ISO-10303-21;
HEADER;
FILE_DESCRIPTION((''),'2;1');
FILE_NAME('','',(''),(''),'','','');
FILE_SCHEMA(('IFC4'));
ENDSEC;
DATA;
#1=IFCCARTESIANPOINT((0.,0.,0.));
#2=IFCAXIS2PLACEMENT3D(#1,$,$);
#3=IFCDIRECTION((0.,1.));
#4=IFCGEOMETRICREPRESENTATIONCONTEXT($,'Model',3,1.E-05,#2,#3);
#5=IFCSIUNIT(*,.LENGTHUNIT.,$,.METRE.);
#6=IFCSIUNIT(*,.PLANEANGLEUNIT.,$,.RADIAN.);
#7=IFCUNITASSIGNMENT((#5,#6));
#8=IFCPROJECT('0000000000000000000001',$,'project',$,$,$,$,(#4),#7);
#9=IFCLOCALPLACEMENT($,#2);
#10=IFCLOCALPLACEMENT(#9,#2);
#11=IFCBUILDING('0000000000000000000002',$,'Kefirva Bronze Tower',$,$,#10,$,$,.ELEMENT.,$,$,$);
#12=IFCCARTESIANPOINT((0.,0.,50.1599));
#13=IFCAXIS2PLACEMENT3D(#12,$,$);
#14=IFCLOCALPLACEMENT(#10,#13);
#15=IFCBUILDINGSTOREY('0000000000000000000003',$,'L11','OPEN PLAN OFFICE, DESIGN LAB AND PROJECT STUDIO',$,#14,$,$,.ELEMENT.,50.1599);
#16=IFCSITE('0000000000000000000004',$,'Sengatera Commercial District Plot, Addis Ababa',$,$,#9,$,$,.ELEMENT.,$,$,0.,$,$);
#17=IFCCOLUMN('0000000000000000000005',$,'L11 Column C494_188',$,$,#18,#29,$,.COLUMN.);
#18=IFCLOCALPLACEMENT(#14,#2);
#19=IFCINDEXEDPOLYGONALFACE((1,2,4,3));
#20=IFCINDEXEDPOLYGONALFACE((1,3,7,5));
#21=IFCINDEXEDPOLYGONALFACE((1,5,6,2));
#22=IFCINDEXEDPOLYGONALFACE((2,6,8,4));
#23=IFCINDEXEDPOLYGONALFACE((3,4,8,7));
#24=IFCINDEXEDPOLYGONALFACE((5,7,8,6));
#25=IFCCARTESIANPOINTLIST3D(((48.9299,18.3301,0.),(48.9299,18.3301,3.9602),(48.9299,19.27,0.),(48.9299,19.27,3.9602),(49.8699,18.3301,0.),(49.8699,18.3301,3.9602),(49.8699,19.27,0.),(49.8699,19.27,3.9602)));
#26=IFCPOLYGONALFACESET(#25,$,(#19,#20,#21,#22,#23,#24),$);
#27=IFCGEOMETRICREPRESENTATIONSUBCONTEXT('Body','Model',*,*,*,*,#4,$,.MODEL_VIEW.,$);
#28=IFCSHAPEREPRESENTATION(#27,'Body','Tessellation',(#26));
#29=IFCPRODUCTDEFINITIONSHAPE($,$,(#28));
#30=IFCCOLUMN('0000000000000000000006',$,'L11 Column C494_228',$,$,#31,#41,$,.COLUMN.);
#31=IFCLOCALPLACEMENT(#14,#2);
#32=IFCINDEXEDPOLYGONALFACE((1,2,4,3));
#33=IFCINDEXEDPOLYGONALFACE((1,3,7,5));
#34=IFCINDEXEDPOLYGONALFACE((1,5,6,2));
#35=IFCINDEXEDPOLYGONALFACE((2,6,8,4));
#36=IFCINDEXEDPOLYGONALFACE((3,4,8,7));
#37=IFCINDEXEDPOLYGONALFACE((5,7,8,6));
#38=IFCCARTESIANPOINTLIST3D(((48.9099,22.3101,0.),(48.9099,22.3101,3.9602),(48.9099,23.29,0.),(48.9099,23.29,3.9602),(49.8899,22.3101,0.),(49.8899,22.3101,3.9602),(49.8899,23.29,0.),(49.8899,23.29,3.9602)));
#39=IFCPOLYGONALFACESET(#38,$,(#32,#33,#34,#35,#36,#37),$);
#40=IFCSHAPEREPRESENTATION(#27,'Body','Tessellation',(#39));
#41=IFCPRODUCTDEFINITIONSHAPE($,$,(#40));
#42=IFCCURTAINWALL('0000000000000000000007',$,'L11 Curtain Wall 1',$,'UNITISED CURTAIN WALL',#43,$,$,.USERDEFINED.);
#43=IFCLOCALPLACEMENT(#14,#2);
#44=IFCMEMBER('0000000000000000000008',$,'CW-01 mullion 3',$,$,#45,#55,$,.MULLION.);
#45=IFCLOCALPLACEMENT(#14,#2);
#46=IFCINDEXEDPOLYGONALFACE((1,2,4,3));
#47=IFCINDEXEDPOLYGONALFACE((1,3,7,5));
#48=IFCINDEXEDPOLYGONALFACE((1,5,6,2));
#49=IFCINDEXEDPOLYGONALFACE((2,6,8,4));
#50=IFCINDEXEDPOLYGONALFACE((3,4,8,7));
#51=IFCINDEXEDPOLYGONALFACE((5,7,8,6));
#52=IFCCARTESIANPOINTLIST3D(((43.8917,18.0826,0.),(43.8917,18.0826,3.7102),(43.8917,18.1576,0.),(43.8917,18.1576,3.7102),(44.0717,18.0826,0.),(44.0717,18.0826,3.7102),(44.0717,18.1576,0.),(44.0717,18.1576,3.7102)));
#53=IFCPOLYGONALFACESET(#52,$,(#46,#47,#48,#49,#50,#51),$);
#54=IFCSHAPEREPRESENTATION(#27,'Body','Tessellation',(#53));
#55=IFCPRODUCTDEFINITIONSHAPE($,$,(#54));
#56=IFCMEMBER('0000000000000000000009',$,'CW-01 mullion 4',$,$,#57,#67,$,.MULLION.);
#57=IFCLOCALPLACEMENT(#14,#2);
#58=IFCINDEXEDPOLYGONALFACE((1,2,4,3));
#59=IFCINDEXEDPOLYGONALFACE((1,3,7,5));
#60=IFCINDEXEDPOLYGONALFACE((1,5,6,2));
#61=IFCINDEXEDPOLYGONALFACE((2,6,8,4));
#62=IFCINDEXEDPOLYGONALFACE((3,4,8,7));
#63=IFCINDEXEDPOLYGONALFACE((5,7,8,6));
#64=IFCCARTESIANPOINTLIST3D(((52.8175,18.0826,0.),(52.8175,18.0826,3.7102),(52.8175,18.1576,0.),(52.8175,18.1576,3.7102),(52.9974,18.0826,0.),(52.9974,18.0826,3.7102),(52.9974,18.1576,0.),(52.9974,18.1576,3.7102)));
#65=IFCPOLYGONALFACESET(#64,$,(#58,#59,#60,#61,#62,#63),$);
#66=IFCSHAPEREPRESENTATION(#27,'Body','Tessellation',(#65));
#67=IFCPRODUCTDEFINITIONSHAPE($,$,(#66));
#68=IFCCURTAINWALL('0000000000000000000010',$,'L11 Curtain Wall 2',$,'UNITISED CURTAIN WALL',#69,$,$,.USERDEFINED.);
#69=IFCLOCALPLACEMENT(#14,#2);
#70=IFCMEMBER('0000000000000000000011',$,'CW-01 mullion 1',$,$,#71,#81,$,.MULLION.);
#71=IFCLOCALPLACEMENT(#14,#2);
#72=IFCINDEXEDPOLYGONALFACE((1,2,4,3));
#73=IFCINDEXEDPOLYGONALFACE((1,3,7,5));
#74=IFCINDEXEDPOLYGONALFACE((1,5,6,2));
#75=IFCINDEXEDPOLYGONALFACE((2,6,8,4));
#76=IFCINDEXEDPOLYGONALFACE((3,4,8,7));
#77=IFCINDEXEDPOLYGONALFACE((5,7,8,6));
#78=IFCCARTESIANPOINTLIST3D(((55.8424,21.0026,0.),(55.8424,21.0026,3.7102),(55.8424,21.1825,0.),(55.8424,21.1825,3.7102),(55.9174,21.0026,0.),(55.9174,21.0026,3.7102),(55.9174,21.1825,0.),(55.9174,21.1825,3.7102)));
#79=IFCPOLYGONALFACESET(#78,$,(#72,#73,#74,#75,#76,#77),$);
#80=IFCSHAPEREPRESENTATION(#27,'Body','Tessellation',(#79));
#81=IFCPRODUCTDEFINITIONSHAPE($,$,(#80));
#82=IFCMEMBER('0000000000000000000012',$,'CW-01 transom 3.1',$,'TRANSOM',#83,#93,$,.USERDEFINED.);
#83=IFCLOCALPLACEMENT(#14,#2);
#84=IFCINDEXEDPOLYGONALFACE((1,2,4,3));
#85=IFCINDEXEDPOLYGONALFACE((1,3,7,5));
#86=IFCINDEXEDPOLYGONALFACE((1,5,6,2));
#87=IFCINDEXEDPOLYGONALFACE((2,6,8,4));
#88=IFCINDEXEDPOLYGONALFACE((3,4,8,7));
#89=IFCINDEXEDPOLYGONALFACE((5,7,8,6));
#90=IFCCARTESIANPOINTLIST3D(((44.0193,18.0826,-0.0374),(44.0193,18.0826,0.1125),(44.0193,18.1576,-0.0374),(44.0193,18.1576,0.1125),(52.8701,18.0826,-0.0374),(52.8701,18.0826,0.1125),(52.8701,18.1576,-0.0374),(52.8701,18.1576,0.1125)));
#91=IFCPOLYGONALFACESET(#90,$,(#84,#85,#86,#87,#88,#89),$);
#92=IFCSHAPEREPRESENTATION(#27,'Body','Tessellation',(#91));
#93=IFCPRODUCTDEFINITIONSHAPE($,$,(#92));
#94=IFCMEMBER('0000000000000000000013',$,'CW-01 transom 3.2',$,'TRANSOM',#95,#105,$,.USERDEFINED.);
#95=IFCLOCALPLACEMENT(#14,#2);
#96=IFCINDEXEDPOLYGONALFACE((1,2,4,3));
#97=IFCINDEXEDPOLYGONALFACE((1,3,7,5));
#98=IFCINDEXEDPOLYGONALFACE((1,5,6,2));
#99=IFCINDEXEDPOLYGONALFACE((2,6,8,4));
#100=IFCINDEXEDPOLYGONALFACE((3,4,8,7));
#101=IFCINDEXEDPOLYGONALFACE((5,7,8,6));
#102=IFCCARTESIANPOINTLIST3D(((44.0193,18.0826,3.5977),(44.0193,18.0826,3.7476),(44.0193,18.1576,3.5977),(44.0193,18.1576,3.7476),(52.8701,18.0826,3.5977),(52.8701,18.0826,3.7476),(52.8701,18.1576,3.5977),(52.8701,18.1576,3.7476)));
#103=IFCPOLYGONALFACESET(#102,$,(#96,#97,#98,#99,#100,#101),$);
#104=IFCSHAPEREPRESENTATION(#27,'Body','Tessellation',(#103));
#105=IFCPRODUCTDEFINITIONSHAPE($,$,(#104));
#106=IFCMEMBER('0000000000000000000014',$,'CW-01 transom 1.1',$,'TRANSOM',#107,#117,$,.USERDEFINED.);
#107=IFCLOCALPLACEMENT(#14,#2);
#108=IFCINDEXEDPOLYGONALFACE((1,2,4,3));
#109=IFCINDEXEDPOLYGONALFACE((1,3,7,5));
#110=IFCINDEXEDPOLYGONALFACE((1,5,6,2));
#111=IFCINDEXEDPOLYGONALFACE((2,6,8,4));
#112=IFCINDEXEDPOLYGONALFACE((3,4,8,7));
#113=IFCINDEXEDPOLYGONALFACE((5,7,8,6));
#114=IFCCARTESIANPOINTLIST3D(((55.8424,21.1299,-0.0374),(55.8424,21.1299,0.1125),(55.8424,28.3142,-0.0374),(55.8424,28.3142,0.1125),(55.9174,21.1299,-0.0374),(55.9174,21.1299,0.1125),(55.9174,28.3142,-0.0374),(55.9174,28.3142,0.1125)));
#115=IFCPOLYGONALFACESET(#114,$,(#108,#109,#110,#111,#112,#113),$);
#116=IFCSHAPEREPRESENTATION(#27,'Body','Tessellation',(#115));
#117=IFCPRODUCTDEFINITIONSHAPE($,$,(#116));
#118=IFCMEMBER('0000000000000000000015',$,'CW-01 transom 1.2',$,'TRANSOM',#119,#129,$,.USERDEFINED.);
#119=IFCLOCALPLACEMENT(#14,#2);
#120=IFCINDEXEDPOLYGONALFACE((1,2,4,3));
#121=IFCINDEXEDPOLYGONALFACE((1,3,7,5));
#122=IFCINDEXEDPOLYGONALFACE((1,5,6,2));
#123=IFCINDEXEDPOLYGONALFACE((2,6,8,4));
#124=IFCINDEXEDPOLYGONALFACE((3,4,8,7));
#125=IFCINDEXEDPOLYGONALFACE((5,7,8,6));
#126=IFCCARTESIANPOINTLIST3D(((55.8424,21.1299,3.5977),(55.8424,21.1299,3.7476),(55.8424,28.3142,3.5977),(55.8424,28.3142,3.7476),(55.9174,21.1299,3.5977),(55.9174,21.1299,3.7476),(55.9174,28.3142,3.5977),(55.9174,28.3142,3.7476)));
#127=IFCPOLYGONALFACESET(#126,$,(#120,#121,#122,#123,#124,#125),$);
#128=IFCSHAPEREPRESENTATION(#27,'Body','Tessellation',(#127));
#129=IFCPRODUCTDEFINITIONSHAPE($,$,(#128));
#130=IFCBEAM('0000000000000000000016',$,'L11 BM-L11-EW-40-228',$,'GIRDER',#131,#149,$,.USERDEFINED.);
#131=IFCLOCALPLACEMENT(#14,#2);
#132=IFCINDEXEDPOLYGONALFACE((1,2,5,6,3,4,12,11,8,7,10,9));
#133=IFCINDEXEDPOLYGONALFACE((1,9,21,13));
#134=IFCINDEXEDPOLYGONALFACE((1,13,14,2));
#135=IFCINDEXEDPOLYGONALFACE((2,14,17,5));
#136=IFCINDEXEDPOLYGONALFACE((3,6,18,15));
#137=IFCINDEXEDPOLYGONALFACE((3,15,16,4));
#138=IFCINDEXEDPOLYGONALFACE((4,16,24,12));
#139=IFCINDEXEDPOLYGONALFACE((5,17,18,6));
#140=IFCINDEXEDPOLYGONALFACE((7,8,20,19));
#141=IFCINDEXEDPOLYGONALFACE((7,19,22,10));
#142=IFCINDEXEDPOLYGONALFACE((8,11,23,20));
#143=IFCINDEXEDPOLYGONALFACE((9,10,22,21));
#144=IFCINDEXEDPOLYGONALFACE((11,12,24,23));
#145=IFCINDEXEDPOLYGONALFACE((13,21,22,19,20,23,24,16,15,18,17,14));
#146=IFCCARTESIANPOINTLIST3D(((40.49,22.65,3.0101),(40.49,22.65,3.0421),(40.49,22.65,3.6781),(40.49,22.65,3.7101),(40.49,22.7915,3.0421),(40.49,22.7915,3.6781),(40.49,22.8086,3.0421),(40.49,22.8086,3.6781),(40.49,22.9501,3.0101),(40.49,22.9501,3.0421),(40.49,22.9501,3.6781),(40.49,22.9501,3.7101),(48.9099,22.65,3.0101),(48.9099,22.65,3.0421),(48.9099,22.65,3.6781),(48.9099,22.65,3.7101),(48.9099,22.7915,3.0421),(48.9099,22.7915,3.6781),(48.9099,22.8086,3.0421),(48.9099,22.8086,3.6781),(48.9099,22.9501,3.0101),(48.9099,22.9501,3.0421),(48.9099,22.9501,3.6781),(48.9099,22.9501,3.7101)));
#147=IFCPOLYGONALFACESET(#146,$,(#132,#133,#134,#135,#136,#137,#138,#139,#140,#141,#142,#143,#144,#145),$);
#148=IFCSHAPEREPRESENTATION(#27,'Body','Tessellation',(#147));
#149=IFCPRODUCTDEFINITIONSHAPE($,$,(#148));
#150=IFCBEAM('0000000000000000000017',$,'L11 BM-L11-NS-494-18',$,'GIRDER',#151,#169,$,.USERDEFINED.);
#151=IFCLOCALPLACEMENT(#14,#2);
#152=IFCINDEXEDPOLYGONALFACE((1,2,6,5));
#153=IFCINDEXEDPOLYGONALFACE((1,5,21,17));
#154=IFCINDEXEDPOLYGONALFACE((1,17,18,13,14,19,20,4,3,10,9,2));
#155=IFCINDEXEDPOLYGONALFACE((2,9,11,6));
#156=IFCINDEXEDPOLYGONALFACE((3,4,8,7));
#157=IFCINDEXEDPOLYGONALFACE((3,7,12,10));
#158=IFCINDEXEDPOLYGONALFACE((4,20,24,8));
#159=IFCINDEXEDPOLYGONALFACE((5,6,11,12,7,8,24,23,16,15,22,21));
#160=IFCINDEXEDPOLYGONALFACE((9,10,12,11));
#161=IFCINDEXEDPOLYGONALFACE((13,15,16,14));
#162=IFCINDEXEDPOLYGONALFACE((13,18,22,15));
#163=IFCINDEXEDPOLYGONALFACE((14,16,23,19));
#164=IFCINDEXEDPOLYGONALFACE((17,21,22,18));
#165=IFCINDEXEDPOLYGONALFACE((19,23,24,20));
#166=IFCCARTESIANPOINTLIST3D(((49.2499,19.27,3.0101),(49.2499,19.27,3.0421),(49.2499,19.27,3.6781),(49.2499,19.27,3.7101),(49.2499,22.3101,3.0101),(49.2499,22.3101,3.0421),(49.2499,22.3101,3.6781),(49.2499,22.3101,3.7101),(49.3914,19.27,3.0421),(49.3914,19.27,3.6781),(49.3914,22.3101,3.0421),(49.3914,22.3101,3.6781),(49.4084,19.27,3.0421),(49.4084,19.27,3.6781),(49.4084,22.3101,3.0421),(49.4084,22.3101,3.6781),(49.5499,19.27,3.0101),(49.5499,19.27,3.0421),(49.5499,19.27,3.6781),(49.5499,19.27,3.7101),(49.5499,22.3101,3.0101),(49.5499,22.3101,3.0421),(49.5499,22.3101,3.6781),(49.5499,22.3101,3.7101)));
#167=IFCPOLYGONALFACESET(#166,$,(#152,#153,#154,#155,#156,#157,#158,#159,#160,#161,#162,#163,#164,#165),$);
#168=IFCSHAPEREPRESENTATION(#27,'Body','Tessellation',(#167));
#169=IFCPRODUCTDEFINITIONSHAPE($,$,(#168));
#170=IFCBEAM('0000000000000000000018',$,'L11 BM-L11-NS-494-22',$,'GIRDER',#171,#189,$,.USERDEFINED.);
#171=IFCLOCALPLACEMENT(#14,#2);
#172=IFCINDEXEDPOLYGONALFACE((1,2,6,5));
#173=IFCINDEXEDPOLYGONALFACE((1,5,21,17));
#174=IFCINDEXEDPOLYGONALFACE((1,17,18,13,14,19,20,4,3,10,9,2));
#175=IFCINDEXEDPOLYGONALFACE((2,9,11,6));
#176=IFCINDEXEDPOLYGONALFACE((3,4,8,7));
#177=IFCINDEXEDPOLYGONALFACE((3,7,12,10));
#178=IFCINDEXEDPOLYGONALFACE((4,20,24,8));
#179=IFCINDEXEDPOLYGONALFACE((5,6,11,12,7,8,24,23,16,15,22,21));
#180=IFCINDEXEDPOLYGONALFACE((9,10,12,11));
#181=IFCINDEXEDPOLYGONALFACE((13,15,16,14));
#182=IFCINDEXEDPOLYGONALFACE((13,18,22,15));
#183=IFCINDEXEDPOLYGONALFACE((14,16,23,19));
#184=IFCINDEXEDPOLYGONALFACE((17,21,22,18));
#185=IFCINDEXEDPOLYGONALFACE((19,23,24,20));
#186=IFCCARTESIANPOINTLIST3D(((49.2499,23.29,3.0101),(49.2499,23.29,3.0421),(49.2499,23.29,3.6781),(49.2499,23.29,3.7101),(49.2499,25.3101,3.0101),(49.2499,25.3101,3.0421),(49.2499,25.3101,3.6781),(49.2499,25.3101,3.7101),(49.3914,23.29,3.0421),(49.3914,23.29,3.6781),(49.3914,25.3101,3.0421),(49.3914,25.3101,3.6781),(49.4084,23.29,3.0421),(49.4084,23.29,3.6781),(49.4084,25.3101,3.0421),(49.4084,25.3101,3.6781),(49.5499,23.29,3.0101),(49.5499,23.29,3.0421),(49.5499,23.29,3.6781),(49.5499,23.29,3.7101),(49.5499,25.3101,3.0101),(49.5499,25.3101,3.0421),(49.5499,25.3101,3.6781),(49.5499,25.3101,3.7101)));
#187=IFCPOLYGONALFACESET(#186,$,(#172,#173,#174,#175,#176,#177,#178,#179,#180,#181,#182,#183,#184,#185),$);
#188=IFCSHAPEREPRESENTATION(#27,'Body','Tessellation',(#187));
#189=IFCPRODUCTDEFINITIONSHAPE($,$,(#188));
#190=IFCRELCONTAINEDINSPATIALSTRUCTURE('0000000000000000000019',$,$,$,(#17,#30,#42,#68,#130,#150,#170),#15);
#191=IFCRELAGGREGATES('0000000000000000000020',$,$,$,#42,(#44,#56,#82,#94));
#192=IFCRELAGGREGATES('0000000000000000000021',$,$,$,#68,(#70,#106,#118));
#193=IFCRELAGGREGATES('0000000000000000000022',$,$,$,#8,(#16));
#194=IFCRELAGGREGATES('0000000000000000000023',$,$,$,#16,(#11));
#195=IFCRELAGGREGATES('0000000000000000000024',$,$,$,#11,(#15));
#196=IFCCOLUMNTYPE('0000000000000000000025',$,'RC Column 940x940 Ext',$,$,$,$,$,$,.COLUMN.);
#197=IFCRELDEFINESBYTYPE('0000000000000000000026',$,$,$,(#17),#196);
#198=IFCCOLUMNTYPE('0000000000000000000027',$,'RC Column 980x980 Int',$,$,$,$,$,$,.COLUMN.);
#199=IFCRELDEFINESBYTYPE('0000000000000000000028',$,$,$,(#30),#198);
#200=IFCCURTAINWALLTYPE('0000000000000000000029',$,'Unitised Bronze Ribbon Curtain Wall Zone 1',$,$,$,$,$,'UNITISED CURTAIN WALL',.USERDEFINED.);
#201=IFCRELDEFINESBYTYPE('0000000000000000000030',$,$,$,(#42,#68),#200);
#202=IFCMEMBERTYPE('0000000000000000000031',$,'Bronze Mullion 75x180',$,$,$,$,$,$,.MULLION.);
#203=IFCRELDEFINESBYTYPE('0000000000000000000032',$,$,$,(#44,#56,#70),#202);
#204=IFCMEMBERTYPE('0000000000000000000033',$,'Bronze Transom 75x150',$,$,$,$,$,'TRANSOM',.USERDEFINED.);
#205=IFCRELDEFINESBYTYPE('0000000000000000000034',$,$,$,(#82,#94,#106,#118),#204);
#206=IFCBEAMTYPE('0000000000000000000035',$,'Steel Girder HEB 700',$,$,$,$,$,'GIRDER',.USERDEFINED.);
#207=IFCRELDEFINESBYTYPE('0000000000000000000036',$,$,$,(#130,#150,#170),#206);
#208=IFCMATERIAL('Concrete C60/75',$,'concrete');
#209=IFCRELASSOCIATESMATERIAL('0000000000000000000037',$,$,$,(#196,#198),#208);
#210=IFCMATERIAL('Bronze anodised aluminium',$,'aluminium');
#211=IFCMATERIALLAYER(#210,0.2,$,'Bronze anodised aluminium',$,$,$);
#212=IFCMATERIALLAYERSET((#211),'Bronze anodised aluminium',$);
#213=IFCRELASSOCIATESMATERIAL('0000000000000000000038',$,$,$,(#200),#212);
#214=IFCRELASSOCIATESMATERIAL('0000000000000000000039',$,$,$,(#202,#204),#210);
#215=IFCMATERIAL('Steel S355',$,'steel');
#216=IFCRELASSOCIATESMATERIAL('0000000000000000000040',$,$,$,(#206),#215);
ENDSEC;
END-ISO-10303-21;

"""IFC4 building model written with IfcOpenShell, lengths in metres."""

from ifc_helpers import new_model, si_unit, direction, frame, origin, origin_2d, place, context, subcontext, project, spatial, rectangle, i_section, extrude, material, layer, layer_set, material_profile, profile_set, type_object, element, aggregate, save


model = new_model("IFC4")

# Units and contexts
model_context = context("Model", 3, precision=1e-05, world=origin(), true_north=direction((0.0, 1.0)))
body_context = subcontext(model_context, "Body", "Model", "MODEL_VIEW")
ifc_project = project(units=[si_unit("LENGTHUNIT", "METRE"), si_unit("PLANEANGLEUNIT", "RADIAN")], contexts=[model_context])

# Site, building, storey
site_placement = place(None, origin())
site = spatial("IfcSite", under=ifc_project, at=site_placement, Name="Sengatera Commercial District Plot, Addis Ababa", CompositionType="ELEMENT", RefElevation=0.0)
building_placement = place(site_placement, origin())
building = spatial("IfcBuilding", under=site, at=building_placement, Name="Kefirva Bronze Tower", CompositionType="ELEMENT")
storey_placement = place(building_placement, frame((0.0, 0.0, 50.1599)))
storey = spatial("IfcBuildingStorey", under=building, at=storey_placement, Name="L11", Description="OPEN PLAN OFFICE, DESIGN LAB AND PROJECT STUDIO", CompositionType="ELEMENT", Elevation=50.1599)

# Columns
ifc_material_1 = material(Name="Concrete C60/75", Category="concrete")
ifc_material_profile_1 = material_profile(ifc_material_1, rectangle(XDim=0.9399, YDim=0.9399, at=origin_2d()), Name="RC 940x940")
ifc_profile_set_1 = profile_set([ifc_material_profile_1], Name="Concrete C60/75")
column_type_1 = type_object("IfcColumnType", Name="RC Column 940x940 Ext", PredefinedType="COLUMN", material=ifc_profile_set_1)
column_1_placement = place(storey_placement, frame((49.3999, 18.8, 0.0), z_axis=(0.0, 0.0, 1.0), x_axis=(1.0, 0.0, 0.0)))
element("IfcColumn", 1, at=column_1_placement, inside=storey, type_object=column_type_1, Name="L11 Column C494_188", PredefinedType="COLUMN", context=body_context, shape_type="SweptSolid", body=[
    extrude(rectangle(XDim=0.9399, YDim=0.9399, at=origin_2d()), origin(), (0.0, 0.0, 1.0), 3.9602),
])
ifc_material_profile_2 = material_profile(ifc_material_1, rectangle(XDim=0.98, YDim=0.98, at=origin_2d()), Name="RC 980x980")
ifc_profile_set_2 = profile_set([ifc_material_profile_2], Name="Concrete C60/75")
column_type_2 = type_object("IfcColumnType", Name="RC Column 980x980 Int", PredefinedType="COLUMN", material=ifc_profile_set_2)
column_2_placement = place(storey_placement, frame((49.3999, 22.8, 0.0), z_axis=(0.0, 0.0, 1.0), x_axis=(1.0, 0.0, 0.0)))
element("IfcColumn", 2, at=column_2_placement, inside=storey, type_object=column_type_2, Name="L11 Column C494_228", PredefinedType="COLUMN", context=body_context, shape_type="SweptSolid", body=[
    extrude(rectangle(XDim=0.98, YDim=0.98, at=origin_2d()), origin(), (0.0, 0.0, 1.0), 3.9602),
])

# Curtain wall, members
ifc_material_2 = material(Name="Bronze anodised aluminium", Category="aluminium")
ifc_layer_1 = layer(ifc_material_2, 0.2, Name="Bronze anodised aluminium")
ifc_layer_set_1 = layer_set([ifc_layer_1], Name="Bronze anodised aluminium")
curtain_wall_type = type_object("IfcCurtainWallType", Name="Unitised Bronze Ribbon Curtain Wall Zone 1", ElementType="UNITISED CURTAIN WALL", PredefinedType="USERDEFINED", material=ifc_layer_set_1)
curtain_wall_1_placement = place(storey_placement, origin())
curtain_wall_1 = element("IfcCurtainWall", 3, at=curtain_wall_1_placement, inside=storey, type_object=curtain_wall_type, Name="L11 Curtain Wall 1", ObjectType="UNITISED CURTAIN WALL", PredefinedType="USERDEFINED")
ifc_material_profile_3 = material_profile(ifc_material_2, rectangle(XDim=0.075, YDim=0.1799, at=origin_2d()), Name="ALU 75x180")
ifc_profile_set_3 = profile_set([ifc_material_profile_3], Name="Bronze anodised aluminium")
member_type_1 = type_object("IfcMemberType", Name="Bronze Mullion 75x180", PredefinedType="MULLION", material=ifc_profile_set_3)
member_1_placement = place(storey_placement, frame((43.9817, 18.1201, 0.0), z_axis=(0.0, 0.0, 1.0), x_axis=(0.0, 1.0, 0.0)))
member_1 = element("IfcMember", 4, at=member_1_placement, type_object=member_type_1, Name="CW-01 mullion 3", PredefinedType="MULLION", context=body_context, shape_type="SweptSolid", body=[
    extrude(rectangle(XDim=0.075, YDim=0.1799, at=origin_2d()), origin(), (0.0, 0.0, 1.0), 3.7102),
])
member_2_placement = place(storey_placement, frame((52.9075, 18.1201, 0.0), z_axis=(0.0, 0.0, 1.0), x_axis=(0.0, 1.0, 0.0)))
member_2 = element("IfcMember", 5, at=member_2_placement, type_object=member_type_1, Name="CW-01 mullion 4", PredefinedType="MULLION", context=body_context, shape_type="SweptSolid", body=[
    extrude(rectangle(XDim=0.075, YDim=0.1799, at=origin_2d()), origin(), (0.0, 0.0, 1.0), 3.7102),
])

# Curtain wall, member
curtain_wall_2_placement = place(storey_placement, origin())
curtain_wall_2 = element("IfcCurtainWall", 6, at=curtain_wall_2_placement, inside=storey, type_object=curtain_wall_type, Name="L11 Curtain Wall 2", ObjectType="UNITISED CURTAIN WALL", PredefinedType="USERDEFINED")
member_3_placement = place(storey_placement, frame((55.8799, 21.0925, 0.0), z_axis=(0.0, 0.0, 1.0), x_axis=(-1.0, 0.0, 0.0)))
member_3 = element("IfcMember", 7, at=member_3_placement, type_object=member_type_1, Name="CW-01 mullion 1", PredefinedType="MULLION", context=body_context, shape_type="SweptSolid", body=[
    extrude(rectangle(XDim=0.075, YDim=0.1799, at=origin_2d()), origin(), (0.0, 0.0, 1.0), 3.7102),
])

# Members
ifc_material_profile_4 = material_profile(ifc_material_2, rectangle(XDim=0.075, YDim=0.1499, at=origin_2d()), Name="ALU 75x150")
ifc_profile_set_4 = profile_set([ifc_material_profile_4], Name="Bronze anodised aluminium")
member_type_2 = type_object("IfcMemberType", Name="Bronze Transom 75x150", ElementType="TRANSOM", PredefinedType="USERDEFINED", material=ifc_profile_set_4)
member_4_placement = place(storey_placement, frame((44.0193, 18.1201, 0.0376), z_axis=(1.0, 0.0, 0.0), x_axis=(0.0, 1.0, 0.0)))
member_4 = element("IfcMember", 8, at=member_4_placement, type_object=member_type_2, Name="CW-01 transom 3.1", ObjectType="TRANSOM", PredefinedType="USERDEFINED", context=body_context, shape_type="SweptSolid", body=[
    extrude(rectangle(XDim=0.075, YDim=0.1499, at=origin_2d()), origin(), (0.0, 0.0, 1.0), 8.8508),
])
member_5_placement = place(storey_placement, frame((44.0193, 18.1201, 3.6726), z_axis=(1.0, 0.0, 0.0), x_axis=(0.0, 1.0, 0.0)))
member_5 = element("IfcMember", 9, at=member_5_placement, type_object=member_type_2, Name="CW-01 transom 3.2", ObjectType="TRANSOM", PredefinedType="USERDEFINED", context=body_context, shape_type="SweptSolid", body=[
    extrude(rectangle(XDim=0.075, YDim=0.1499, at=origin_2d()), origin(), (0.0, 0.0, 1.0), 8.8508),
])
member_6_placement = place(storey_placement, frame((55.8799, 21.1299, 0.0376), z_axis=(0.0, 1.0, 0.0), x_axis=(-1.0, 0.0, 0.0)))
member_6 = element("IfcMember", 10, at=member_6_placement, type_object=member_type_2, Name="CW-01 transom 1.1", ObjectType="TRANSOM", PredefinedType="USERDEFINED", context=body_context, shape_type="SweptSolid", body=[
    extrude(rectangle(XDim=0.075, YDim=0.1499, at=origin_2d()), origin(), (0.0, 0.0, 1.0), 7.1843),
])
member_7_placement = place(storey_placement, frame((55.8799, 21.1299, 3.6726), z_axis=(0.0, 1.0, 0.0), x_axis=(-1.0, 0.0, 0.0)))
member_7 = element("IfcMember", 11, at=member_7_placement, type_object=member_type_2, Name="CW-01 transom 1.2", ObjectType="TRANSOM", PredefinedType="USERDEFINED", context=body_context, shape_type="SweptSolid", body=[
    extrude(rectangle(XDim=0.075, YDim=0.1499, at=origin_2d()), origin(), (0.0, 0.0, 1.0), 7.1843),
])

# Beams
ifc_material_3 = material(Name="Steel S355", Category="steel")
ifc_material_profile_5 = material_profile(ifc_material_3, i_section(OverallWidth=0.3, OverallDepth=0.7, WebThickness=0.0171, FlangeThickness=0.032, at=origin_2d()), Name="HEB 700")
ifc_profile_set_5 = profile_set([ifc_material_profile_5], Name="Steel S355")
beam_type_1 = type_object("IfcBeamType", Name="Steel Girder HEB 700", ElementType="GIRDER", PredefinedType="USERDEFINED", material=ifc_profile_set_5)
beam_1_placement = place(storey_placement, frame((40.49, 22.8, 3.3601), z_axis=(1.0, 0.0, 0.0), x_axis=(0.0, 1.0, 0.0)))
element("IfcBeam", 12, at=beam_1_placement, inside=storey, type_object=beam_type_1, Name="L11 BM-L11-EW-40-228", ObjectType="GIRDER", PredefinedType="USERDEFINED", context=body_context, shape_type="SweptSolid", body=[
    extrude(i_section(OverallWidth=0.3, OverallDepth=0.7, WebThickness=0.0171, FlangeThickness=0.032, at=origin_2d()), origin(), (0.0, 0.0, 1.0), 8.4199),
])
beam_2_placement = place(storey_placement, frame((49.3999, 19.27, 3.3601), z_axis=(0.0, 1.0, 0.0), x_axis=(-1.0, 0.0, 0.0)))
element("IfcBeam", 13, at=beam_2_placement, inside=storey, type_object=beam_type_1, Name="L11 BM-L11-NS-494-18", ObjectType="GIRDER", PredefinedType="USERDEFINED", context=body_context, shape_type="SweptSolid", body=[
    extrude(i_section(OverallWidth=0.3, OverallDepth=0.7, WebThickness=0.0171, FlangeThickness=0.032, at=origin_2d()), origin(), (0.0, 0.0, 1.0), 3.04),
])
beam_3_placement = place(storey_placement, frame((49.3999, 23.29, 3.3601), z_axis=(0.0, 1.0, 0.0), x_axis=(-1.0, 0.0, 0.0)))
element("IfcBeam", 14, at=beam_3_placement, inside=storey, type_object=beam_type_1, Name="L11 BM-L11-NS-494-22", ObjectType="GIRDER", PredefinedType="USERDEFINED", context=body_context, shape_type="SweptSolid", body=[
    extrude(i_section(OverallWidth=0.3, OverallDepth=0.7, WebThickness=0.0171, FlangeThickness=0.032, at=origin_2d()), origin(), (0.0, 0.0, 1.0), 2.02),
])

aggregate(curtain_wall_1, [member_1, member_2, member_4, member_5])
aggregate(curtain_wall_2, [member_3, member_6, member_7])

save(model, "model.ifc")
